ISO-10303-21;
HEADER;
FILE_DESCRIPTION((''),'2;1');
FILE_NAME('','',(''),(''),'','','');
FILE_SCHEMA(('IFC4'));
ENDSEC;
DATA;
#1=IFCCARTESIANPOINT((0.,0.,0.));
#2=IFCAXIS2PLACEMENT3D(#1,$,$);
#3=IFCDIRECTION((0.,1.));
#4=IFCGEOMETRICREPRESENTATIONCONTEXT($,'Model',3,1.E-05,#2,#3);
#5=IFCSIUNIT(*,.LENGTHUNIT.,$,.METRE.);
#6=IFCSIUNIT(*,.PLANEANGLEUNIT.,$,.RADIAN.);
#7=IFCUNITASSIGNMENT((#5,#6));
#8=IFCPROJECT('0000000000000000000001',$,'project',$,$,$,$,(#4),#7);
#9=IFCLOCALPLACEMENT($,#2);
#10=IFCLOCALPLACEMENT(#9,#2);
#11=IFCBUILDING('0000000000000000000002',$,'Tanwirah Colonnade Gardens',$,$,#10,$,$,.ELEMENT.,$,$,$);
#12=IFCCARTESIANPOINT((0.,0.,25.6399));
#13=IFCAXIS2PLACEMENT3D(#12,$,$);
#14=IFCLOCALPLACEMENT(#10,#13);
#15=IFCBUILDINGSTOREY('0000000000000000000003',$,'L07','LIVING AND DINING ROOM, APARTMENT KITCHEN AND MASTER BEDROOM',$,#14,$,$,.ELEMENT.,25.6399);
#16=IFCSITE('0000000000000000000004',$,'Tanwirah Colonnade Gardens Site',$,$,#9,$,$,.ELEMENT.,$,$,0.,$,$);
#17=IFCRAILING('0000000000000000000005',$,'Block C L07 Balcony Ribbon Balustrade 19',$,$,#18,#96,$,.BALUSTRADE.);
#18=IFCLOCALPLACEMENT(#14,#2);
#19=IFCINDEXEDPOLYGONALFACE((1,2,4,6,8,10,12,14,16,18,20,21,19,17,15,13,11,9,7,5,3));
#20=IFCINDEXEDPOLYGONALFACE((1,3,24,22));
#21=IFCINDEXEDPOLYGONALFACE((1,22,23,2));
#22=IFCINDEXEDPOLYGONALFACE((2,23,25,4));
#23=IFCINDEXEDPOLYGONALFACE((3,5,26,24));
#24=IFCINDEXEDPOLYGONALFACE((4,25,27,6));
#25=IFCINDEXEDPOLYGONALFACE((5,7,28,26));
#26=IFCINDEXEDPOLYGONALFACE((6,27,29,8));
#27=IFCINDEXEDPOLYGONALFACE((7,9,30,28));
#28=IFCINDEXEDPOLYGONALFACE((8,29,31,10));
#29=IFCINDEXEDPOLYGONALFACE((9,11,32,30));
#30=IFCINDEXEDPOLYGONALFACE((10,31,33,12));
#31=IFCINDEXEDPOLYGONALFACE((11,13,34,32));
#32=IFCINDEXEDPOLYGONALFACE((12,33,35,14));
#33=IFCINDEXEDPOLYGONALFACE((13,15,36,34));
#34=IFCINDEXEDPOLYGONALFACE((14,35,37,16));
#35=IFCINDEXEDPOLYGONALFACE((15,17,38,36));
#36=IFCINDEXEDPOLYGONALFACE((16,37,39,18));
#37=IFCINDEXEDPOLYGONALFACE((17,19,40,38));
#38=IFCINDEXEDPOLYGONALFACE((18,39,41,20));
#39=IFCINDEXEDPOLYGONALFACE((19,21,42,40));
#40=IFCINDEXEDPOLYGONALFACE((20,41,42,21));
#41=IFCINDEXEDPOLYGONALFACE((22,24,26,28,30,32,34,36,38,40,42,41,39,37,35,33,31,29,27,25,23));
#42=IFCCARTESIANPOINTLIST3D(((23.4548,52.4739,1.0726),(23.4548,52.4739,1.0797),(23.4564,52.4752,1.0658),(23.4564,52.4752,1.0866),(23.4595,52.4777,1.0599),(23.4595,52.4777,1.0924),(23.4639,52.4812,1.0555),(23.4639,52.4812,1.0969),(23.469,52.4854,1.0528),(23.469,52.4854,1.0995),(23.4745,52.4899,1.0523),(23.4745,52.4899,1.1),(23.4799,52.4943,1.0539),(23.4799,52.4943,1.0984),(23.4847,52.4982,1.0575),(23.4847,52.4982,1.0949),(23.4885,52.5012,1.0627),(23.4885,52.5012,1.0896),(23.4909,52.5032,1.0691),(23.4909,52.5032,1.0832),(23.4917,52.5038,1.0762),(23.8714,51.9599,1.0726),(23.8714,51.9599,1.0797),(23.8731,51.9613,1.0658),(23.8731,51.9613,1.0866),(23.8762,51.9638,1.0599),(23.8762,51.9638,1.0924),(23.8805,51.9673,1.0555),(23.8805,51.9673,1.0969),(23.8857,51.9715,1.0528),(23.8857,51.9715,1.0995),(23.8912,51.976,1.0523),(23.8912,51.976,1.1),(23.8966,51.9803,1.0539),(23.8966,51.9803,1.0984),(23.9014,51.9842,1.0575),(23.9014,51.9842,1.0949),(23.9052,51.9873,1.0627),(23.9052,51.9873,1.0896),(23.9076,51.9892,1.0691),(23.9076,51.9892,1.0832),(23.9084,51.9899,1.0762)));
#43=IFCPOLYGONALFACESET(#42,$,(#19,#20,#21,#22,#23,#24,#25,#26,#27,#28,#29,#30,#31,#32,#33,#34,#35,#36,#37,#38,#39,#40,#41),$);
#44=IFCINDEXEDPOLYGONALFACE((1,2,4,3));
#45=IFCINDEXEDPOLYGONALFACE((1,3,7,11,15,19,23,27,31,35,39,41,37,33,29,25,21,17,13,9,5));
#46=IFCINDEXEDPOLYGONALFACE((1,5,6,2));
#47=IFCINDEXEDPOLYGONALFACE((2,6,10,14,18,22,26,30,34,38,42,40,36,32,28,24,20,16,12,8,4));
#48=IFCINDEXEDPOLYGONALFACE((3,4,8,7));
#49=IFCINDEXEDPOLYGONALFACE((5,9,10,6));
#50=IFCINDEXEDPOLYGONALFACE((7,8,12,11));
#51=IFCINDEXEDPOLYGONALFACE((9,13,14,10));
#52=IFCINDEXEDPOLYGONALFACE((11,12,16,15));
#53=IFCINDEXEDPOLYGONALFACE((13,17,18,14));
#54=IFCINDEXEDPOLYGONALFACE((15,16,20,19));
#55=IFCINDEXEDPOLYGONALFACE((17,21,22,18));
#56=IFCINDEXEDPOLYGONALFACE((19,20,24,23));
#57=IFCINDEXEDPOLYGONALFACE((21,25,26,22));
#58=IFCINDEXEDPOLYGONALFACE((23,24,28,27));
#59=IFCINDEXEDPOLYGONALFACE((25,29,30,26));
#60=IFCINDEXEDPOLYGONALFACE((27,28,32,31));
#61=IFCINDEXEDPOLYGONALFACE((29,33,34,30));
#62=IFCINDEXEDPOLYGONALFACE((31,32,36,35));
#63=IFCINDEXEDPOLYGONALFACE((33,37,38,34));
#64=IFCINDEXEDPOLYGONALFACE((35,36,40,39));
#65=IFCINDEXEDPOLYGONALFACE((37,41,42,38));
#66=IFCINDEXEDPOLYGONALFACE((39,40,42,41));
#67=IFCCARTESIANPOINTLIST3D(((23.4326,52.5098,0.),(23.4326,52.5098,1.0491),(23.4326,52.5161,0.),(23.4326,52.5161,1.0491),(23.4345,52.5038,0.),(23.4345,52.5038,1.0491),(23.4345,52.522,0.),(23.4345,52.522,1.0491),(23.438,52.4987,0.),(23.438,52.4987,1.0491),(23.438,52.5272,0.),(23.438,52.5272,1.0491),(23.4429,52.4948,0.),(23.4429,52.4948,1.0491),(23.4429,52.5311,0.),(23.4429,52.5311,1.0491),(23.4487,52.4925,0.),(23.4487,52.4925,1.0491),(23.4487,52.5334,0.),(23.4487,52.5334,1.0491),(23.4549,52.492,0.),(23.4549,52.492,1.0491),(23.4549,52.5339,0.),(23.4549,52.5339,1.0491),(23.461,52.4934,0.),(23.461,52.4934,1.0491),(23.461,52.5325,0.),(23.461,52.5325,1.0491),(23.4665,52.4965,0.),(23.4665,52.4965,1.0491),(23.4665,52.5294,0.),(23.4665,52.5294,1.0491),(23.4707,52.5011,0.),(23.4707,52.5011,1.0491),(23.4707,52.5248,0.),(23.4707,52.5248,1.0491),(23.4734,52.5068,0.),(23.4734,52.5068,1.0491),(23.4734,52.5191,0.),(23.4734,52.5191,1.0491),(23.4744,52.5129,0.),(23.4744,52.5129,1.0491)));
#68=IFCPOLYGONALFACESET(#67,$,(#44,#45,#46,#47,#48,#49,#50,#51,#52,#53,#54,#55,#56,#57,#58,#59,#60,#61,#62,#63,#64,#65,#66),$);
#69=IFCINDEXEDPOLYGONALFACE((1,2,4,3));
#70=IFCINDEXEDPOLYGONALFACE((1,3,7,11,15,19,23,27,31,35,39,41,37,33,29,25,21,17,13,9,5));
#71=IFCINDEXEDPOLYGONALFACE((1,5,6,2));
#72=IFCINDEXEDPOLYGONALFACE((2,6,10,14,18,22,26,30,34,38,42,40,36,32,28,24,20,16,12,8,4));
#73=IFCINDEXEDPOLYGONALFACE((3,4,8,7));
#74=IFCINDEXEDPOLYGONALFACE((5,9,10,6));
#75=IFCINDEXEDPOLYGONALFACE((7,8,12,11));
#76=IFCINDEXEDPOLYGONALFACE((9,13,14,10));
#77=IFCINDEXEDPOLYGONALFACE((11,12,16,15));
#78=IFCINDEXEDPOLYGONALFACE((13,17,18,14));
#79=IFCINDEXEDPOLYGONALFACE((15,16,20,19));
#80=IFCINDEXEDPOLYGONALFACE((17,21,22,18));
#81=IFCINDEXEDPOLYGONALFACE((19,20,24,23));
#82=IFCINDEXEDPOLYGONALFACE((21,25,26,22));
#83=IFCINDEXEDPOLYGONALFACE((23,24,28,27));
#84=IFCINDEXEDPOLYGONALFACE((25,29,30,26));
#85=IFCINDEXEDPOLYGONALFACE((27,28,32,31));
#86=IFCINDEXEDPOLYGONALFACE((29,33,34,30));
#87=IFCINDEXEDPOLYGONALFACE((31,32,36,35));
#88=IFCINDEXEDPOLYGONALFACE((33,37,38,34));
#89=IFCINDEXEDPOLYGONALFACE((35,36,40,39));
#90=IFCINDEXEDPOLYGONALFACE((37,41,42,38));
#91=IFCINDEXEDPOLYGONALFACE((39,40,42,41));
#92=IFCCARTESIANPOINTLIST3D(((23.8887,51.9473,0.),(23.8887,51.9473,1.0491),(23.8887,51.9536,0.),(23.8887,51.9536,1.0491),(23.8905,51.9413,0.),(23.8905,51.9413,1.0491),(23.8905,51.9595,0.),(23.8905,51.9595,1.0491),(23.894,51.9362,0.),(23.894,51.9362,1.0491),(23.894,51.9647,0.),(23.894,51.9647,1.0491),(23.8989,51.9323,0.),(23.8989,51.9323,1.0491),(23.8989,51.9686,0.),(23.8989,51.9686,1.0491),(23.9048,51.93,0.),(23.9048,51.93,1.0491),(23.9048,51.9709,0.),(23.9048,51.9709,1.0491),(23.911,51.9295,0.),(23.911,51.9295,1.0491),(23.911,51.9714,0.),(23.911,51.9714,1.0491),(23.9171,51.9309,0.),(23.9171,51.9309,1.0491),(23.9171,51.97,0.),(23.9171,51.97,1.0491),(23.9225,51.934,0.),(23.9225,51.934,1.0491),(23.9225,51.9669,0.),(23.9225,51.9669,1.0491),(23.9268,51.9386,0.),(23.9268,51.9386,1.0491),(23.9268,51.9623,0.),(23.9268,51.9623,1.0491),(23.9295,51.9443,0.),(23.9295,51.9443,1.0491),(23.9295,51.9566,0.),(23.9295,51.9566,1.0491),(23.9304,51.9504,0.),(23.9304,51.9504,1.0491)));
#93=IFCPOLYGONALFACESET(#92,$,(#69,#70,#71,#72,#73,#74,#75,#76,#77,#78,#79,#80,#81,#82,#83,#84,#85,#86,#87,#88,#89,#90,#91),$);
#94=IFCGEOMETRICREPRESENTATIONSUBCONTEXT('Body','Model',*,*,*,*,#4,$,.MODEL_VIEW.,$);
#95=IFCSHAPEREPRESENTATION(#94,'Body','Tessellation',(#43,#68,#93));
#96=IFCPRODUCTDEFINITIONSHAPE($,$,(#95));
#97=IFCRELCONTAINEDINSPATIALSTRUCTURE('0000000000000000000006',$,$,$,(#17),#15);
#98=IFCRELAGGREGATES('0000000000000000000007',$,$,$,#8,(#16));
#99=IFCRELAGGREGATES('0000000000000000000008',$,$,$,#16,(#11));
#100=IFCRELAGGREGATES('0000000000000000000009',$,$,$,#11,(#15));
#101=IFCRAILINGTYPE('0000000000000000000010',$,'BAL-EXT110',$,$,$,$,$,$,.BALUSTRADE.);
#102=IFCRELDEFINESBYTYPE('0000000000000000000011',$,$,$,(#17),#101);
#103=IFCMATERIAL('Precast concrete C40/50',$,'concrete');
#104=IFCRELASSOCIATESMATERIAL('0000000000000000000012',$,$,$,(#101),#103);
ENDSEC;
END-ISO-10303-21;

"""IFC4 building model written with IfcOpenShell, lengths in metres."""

from ifc_helpers import new_model, si_unit, direction, frame, origin, origin_2d, place, context, subcontext, project, spatial, circle, extrude, material, type_object, element, save


model = new_model("IFC4")

# Units and contexts
model_context = context("Model", 3, precision=1e-05, world=origin(), true_north=direction((0.0, 1.0)))
body_context = subcontext(model_context, "Body", "Model", "MODEL_VIEW")
ifc_project = project(units=[si_unit("LENGTHUNIT", "METRE"), si_unit("PLANEANGLEUNIT", "RADIAN")], contexts=[model_context])

# Site, building, storey
site_placement = place(None, origin())
site = spatial("IfcSite", under=ifc_project, at=site_placement, Name="Tanwirah Colonnade Gardens Site", CompositionType="ELEMENT", RefElevation=0.0)
building_placement = place(site_placement, origin())
building = spatial("IfcBuilding", under=site, at=building_placement, Name="Tanwirah Colonnade Gardens", CompositionType="ELEMENT")
storey_placement = place(building_placement, frame((0.0, 0.0, 25.6399)))
storey = spatial("IfcBuildingStorey", under=building, at=storey_placement, Name="L07", Description="LIVING AND DINING ROOM, APARTMENT KITCHEN AND MASTER BEDROOM", CompositionType="ELEMENT", Elevation=25.6399)

# Shared definitions
ifc_material_1 = material(Name="Precast concrete C40/50", Category="concrete")

# Railing
railing_type_1 = type_object("IfcRailingType", Name="BAL-EXT110", PredefinedType="BALUSTRADE", material=ifc_material_1)
railing_1_placement = place(storey_placement, frame((23.4534, 52.5129, 0.0)))
element("IfcRailing", 1, at=railing_1_placement, inside=storey, type_object=railing_type_1, Name="Block C L07 Balcony Ribbon Balustrade 19", PredefinedType="BALUSTRADE", context=body_context, shape_type="SweptSolid", body=[
    extrude(circle(Radius=0.0239, at=origin_2d()), frame((0.0198, -0.0242, 1.0762), z_axis=(0.62978, -0.776774, 0.0), x_axis=(0.776774, 0.62978, 0.0)), (0.0, 0.0, 1.0), 0.6616),
    extrude(circle(Radius=0.021, at=origin_2d()), origin(), (0.0, 0.0, 1.0), 1.0491),
    extrude(circle(Radius=0.021, at=origin_2d()), frame((0.4561, -0.5625, 0.0)), (0.0, 0.0, 1.0), 1.0491),
])

save(model, "model.ifc")
